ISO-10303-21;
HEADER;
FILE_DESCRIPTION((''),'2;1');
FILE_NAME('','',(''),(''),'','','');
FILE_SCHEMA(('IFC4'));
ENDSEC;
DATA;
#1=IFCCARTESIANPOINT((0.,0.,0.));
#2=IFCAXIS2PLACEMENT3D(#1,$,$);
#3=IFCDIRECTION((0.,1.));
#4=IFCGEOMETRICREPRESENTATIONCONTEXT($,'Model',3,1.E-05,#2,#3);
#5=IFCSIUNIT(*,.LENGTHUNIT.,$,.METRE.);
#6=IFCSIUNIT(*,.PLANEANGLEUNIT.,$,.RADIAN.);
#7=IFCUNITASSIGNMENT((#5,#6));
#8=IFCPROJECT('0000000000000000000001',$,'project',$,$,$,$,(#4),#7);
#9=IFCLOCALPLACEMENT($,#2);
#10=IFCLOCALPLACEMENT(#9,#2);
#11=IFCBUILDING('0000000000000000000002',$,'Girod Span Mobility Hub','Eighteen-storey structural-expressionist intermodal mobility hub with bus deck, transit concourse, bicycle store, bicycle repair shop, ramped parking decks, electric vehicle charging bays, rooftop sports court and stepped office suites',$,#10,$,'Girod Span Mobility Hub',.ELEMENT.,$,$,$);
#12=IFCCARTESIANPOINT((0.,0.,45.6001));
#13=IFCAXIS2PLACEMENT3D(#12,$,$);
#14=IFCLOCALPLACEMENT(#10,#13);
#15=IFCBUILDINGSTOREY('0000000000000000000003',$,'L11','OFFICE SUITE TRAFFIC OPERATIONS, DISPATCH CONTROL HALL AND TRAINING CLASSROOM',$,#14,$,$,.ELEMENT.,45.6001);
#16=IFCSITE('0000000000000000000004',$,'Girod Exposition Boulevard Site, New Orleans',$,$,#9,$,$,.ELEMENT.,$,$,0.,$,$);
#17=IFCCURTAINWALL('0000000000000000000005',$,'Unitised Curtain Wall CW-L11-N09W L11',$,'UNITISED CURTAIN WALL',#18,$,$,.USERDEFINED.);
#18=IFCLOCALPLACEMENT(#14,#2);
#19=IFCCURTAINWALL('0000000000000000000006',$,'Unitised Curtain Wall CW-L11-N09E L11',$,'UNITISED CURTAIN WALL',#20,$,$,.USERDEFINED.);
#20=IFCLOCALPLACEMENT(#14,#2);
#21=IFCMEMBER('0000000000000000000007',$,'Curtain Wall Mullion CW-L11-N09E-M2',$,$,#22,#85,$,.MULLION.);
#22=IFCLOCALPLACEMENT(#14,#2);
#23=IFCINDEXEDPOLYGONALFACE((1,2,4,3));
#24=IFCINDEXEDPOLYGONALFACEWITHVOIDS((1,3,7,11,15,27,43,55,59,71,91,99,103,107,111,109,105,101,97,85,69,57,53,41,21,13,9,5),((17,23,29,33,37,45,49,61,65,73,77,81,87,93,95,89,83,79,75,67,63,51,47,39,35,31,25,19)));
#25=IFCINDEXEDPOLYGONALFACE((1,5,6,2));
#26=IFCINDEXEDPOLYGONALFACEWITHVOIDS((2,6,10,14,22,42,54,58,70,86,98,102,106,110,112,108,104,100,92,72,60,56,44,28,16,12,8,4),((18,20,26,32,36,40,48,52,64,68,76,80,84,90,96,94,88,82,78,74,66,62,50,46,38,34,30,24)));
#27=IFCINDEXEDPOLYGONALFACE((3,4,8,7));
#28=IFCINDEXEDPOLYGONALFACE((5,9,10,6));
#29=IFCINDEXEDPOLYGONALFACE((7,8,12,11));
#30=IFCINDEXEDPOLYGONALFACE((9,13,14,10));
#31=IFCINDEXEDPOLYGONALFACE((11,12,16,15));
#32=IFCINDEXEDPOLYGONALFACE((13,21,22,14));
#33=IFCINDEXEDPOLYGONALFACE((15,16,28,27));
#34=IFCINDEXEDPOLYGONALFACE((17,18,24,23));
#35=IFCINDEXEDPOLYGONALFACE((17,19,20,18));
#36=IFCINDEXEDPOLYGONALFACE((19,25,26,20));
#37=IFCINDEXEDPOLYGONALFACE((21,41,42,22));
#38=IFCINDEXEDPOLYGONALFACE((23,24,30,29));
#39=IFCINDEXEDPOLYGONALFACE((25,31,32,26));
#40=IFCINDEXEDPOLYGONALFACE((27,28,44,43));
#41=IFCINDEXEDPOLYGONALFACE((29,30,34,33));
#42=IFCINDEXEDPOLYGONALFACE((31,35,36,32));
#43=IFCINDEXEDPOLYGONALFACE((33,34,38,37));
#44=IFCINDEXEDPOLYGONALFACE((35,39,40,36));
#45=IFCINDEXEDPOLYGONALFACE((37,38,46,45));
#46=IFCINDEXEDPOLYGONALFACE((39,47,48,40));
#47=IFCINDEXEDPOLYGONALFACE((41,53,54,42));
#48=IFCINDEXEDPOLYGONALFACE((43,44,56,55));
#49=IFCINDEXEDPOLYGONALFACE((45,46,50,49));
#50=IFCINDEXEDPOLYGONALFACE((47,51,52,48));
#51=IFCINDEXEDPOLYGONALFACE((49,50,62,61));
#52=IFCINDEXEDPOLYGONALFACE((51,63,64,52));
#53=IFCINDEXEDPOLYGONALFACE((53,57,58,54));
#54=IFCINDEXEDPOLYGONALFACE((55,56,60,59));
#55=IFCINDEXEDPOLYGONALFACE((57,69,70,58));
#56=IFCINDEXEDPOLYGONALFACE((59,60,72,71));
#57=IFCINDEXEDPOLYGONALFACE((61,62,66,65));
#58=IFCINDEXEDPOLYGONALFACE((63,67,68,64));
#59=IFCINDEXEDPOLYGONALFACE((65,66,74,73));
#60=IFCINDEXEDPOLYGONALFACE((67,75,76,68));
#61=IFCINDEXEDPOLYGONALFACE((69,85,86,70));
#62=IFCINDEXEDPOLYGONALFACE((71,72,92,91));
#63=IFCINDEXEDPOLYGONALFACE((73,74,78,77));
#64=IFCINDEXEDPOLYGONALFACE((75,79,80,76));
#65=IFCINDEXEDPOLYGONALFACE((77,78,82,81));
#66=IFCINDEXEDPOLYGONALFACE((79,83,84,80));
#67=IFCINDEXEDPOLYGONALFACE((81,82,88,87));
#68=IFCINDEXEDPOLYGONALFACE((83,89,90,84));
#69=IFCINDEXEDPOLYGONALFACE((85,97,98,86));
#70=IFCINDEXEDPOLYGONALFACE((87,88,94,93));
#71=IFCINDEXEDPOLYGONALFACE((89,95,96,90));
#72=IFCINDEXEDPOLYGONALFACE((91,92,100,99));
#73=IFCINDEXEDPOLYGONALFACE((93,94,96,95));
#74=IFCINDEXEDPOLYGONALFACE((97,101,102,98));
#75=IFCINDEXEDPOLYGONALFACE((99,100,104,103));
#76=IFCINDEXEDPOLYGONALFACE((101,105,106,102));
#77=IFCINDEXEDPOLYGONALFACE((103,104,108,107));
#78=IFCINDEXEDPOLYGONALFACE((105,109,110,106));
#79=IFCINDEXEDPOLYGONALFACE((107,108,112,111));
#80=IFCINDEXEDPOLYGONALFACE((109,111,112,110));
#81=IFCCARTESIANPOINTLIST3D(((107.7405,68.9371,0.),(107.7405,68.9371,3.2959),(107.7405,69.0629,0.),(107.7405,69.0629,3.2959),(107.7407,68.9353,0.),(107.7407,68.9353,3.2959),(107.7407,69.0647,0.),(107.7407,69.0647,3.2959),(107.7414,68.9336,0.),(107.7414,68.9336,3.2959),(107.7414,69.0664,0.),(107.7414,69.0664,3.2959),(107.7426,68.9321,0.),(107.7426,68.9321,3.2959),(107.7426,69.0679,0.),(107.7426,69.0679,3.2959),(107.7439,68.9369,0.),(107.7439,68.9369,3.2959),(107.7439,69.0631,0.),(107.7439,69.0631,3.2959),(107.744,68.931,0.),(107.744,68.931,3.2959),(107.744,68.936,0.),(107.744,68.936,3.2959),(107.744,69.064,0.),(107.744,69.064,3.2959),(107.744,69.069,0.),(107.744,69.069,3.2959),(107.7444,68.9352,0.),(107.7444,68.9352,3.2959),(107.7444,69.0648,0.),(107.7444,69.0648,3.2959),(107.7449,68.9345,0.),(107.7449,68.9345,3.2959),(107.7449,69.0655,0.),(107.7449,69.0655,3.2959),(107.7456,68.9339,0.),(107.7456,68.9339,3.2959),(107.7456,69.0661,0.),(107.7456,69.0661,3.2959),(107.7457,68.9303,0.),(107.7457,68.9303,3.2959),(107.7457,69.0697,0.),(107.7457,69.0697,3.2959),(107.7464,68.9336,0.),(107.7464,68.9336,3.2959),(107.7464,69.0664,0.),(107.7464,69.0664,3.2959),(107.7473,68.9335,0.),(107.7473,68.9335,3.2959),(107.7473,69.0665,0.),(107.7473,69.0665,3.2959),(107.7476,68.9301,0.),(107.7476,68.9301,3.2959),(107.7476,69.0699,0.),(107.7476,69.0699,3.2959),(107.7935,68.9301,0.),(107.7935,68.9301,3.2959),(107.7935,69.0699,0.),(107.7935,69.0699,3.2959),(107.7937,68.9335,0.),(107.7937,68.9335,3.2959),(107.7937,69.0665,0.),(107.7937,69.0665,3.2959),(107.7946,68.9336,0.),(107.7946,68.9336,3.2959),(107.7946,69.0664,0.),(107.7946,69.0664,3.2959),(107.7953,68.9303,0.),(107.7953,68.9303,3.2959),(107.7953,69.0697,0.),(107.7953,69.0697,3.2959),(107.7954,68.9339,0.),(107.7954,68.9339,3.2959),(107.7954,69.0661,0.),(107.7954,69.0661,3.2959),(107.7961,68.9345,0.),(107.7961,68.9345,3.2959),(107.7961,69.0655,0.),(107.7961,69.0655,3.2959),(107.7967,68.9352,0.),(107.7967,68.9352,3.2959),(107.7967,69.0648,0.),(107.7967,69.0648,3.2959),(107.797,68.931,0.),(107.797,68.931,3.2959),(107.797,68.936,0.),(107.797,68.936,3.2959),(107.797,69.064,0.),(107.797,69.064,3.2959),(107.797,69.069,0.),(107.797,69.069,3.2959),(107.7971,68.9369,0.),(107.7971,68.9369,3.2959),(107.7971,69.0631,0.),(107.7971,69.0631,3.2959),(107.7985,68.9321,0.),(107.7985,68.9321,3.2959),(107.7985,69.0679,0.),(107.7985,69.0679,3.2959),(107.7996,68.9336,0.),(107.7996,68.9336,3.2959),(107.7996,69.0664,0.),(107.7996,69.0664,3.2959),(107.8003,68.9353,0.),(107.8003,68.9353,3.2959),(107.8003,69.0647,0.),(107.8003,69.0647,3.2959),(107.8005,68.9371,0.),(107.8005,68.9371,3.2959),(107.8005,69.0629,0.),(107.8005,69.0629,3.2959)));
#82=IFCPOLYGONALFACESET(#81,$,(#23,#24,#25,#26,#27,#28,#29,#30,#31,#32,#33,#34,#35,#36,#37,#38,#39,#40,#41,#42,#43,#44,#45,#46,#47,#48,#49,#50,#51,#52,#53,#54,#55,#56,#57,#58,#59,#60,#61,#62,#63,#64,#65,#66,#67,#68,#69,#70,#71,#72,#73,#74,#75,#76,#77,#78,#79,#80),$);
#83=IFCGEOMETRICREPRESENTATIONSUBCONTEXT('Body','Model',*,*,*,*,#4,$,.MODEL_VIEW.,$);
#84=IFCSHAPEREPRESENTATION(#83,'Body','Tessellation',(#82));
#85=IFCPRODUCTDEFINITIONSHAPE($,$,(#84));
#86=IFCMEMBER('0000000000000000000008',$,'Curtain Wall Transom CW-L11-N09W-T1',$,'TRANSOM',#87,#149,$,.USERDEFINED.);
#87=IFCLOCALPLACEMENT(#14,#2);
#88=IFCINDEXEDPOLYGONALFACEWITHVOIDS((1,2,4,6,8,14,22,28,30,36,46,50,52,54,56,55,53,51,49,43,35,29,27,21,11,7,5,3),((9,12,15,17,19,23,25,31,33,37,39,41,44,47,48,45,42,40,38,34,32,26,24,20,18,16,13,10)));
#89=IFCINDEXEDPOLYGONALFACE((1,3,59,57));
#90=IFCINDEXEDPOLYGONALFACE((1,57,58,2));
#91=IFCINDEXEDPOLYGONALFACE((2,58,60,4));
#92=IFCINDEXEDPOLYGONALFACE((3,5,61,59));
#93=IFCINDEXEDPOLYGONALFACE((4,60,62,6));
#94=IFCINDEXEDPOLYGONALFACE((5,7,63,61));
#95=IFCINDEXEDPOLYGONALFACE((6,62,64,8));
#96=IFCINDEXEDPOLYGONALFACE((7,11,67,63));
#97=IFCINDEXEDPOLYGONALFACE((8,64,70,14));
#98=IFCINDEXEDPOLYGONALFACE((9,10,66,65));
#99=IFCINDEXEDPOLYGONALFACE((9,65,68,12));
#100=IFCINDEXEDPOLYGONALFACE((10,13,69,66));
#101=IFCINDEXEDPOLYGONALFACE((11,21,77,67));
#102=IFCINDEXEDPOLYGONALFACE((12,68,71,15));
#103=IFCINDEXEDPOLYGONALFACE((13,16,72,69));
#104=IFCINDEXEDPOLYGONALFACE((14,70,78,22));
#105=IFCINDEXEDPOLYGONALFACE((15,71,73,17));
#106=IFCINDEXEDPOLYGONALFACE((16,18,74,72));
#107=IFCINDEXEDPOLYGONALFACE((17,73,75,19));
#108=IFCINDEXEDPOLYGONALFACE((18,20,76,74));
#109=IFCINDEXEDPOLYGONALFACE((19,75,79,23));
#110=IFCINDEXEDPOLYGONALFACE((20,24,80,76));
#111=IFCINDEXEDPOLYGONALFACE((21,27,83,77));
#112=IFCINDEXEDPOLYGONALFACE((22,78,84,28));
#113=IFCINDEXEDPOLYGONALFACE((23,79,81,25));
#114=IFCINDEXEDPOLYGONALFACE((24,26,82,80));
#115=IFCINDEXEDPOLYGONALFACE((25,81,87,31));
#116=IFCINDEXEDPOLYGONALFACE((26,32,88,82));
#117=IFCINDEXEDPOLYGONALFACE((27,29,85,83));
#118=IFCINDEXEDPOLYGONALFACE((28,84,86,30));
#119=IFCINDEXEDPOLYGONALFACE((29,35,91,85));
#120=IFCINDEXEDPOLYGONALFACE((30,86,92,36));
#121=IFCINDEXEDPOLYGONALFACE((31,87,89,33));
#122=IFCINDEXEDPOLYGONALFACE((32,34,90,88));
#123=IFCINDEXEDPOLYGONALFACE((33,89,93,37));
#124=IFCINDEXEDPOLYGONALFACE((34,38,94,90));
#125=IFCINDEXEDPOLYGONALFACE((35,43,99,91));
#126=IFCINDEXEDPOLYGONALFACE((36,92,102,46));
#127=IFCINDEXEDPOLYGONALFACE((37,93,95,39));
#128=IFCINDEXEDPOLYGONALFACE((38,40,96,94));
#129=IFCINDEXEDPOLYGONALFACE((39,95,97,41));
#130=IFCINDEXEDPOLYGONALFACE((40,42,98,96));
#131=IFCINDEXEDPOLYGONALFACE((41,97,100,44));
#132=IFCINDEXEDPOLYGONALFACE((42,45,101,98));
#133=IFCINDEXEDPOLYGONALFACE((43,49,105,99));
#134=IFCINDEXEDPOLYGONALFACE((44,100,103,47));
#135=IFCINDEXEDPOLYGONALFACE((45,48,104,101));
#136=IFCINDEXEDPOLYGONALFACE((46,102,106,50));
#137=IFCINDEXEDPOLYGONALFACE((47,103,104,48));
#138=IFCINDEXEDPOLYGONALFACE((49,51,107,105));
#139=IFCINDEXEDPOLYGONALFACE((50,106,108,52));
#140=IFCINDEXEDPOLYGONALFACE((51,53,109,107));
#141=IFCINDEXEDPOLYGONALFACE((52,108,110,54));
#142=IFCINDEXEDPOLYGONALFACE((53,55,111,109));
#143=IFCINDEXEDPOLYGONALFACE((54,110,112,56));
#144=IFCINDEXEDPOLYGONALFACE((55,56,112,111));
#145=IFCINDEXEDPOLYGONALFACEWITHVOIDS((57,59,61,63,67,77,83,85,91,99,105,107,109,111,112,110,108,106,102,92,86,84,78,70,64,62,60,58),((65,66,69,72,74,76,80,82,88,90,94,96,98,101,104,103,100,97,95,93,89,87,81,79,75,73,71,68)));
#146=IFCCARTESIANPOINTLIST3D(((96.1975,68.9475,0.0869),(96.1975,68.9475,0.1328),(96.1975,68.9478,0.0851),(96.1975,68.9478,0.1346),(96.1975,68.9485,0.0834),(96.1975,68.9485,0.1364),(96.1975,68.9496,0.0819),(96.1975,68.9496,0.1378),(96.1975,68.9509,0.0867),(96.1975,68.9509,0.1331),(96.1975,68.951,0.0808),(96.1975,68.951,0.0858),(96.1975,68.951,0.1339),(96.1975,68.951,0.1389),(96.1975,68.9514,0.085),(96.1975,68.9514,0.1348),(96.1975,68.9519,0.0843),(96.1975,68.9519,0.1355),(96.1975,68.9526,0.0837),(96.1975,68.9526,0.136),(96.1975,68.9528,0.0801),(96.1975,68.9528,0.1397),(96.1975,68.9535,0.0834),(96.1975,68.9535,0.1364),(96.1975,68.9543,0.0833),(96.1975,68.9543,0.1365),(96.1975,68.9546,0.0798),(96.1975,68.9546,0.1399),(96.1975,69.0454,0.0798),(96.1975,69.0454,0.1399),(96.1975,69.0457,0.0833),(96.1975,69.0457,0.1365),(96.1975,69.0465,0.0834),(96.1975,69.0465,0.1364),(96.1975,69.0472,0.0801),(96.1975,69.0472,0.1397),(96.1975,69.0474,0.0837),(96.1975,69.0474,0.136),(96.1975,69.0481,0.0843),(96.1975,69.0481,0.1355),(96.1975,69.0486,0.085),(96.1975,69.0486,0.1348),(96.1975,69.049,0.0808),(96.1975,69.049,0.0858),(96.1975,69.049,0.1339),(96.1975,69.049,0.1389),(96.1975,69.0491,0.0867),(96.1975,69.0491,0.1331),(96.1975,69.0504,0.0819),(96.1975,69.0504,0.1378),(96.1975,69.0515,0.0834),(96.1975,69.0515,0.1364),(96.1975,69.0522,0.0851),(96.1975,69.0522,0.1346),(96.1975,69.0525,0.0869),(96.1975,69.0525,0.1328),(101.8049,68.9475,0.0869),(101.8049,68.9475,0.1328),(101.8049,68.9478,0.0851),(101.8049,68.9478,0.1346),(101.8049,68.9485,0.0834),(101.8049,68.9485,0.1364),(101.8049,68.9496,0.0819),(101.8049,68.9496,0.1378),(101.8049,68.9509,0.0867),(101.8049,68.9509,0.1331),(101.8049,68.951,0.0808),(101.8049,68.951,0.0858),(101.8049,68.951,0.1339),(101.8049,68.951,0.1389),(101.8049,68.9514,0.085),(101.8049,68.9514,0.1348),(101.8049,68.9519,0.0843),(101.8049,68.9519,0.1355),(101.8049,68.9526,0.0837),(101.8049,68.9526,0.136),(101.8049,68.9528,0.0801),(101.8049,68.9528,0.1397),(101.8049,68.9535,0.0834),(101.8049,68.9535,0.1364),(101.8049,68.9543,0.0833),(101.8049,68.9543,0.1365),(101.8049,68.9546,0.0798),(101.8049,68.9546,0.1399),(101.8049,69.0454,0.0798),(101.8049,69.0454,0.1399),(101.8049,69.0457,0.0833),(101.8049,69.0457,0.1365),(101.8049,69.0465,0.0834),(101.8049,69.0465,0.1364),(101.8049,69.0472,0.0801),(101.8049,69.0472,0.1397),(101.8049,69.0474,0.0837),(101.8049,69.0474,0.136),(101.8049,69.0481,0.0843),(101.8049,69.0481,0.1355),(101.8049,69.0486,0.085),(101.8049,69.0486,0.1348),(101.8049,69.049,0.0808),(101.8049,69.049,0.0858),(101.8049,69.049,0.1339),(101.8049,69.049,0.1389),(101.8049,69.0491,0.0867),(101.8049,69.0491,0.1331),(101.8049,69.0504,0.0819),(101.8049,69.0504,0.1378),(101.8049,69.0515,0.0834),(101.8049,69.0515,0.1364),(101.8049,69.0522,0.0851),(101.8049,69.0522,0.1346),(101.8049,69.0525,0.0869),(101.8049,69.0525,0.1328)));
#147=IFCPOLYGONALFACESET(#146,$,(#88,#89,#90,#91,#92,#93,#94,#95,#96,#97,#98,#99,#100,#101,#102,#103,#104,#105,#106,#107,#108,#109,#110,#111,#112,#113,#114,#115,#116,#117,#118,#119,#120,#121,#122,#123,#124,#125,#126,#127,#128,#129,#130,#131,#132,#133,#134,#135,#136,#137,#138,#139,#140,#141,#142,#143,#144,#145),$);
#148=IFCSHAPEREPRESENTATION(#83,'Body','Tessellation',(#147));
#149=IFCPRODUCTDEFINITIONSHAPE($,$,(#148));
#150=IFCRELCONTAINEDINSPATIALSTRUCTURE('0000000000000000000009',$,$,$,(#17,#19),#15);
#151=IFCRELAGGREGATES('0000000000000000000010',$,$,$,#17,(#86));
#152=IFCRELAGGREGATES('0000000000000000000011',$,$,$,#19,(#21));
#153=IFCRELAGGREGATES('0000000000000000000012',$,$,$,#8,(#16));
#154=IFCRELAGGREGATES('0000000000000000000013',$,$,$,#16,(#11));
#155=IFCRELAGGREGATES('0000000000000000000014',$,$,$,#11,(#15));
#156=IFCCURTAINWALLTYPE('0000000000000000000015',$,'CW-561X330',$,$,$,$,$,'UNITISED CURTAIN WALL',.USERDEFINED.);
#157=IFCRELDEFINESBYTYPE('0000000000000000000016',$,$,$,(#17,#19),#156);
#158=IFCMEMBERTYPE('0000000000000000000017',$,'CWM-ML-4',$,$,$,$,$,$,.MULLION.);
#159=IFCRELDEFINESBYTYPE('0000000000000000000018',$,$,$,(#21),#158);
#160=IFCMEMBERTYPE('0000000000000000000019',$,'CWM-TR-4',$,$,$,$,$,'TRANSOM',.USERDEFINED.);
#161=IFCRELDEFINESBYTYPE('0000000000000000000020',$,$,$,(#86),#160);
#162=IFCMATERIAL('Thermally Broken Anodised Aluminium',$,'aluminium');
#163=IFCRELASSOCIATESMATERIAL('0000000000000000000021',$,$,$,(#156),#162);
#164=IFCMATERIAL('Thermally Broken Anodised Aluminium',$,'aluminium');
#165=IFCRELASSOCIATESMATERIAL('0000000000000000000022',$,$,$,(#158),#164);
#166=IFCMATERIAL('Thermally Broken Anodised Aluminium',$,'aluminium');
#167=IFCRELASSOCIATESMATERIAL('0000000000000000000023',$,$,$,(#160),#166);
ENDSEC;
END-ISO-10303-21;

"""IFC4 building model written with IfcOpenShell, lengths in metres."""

from ifc_helpers import new_model, si_unit, direction, frame, origin, origin_2d, place, context, subcontext, project, spatial, hollow_rectangle, extrude, material, material_profile, profile_set, type_object, element, aggregate, save


model = new_model("IFC4")

# Units and contexts
model_context = context("Model", 3, precision=1e-05, world=origin(), true_north=direction((0.0, 1.0)))
body_context = subcontext(model_context, "Body", "Model", "MODEL_VIEW")
ifc_project = project(units=[si_unit("LENGTHUNIT", "METRE"), si_unit("PLANEANGLEUNIT", "RADIAN")], contexts=[model_context])

# Site, building, storey
site_placement = place(None, origin())
site = spatial("IfcSite", under=ifc_project, at=site_placement, Name="Girod Exposition Boulevard Site, New Orleans", CompositionType="ELEMENT", RefElevation=0.0)
building_placement = place(site_placement, origin())
building = spatial("IfcBuilding", under=site, at=building_placement, Name="Girod Span Mobility Hub", Description="Eighteen-storey structural-expressionist intermodal mobility hub with bus deck, transit concourse, bicycle store, bicycle repair shop, ramped parking decks, electric vehicle charging bays, rooftop sports court and stepped office suites", LongName="Girod Span Mobility Hub", CompositionType="ELEMENT")
storey_placement = place(building_placement, frame((0.0, 0.0, 45.6001)))
storey = spatial("IfcBuildingStorey", under=building, at=storey_placement, Name="L11", Description="OFFICE SUITE TRAFFIC OPERATIONS, DISPATCH CONTROL HALL AND TRAINING CLASSROOM", CompositionType="ELEMENT", Elevation=45.6001)

# Curtain walls, member
ifc_material_1 = material(Name="Thermally Broken Anodised Aluminium", Category="aluminium")
curtain_wall_type = type_object("IfcCurtainWallType", Name="CW-561X330", ElementType="UNITISED CURTAIN WALL", PredefinedType="USERDEFINED", material=ifc_material_1)
curtain_wall_1_placement = place(storey_placement, origin())
curtain_wall_1 = element("IfcCurtainWall", 1, at=curtain_wall_1_placement, inside=storey, type_object=curtain_wall_type, Name="Unitised Curtain Wall CW-L11-N09W L11", ObjectType="UNITISED CURTAIN WALL", PredefinedType="USERDEFINED")
ifc_material_2 = material(Name="Thermally Broken Anodised Aluminium", Category="aluminium")
ifc_material_profile_1 = material_profile(ifc_material_2, hollow_rectangle(XDim=0.1399, YDim=0.0601, WallThickness=0.0034, InnerFilletRadius=0.0034, OuterFilletRadius=0.0071, at=origin_2d()), Name="CW-ML-60X140")
ifc_profile_set_1 = profile_set([ifc_material_profile_1], Name="Thermally Broken Anodised Aluminium")
member_type_1 = type_object("IfcMemberType", Name="CWM-ML-4", PredefinedType="MULLION", material=ifc_profile_set_1)
curtain_wall_2_placement = place(storey_placement, origin())
curtain_wall_2 = element("IfcCurtainWall", 2, at=curtain_wall_2_placement, inside=storey, type_object=curtain_wall_type, Name="Unitised Curtain Wall CW-L11-N09E L11", ObjectType="UNITISED CURTAIN WALL", PredefinedType="USERDEFINED")
member_1_placement = place(storey_placement, frame((107.7705, 69.0, 0.0), z_axis=(0.0, 0.0, 1.0), x_axis=(0.0, 1.0, 0.0)))
member_1 = element("IfcMember", 3, at=member_1_placement, type_object=member_type_1, Name="Curtain Wall Mullion CW-L11-N09E-M2", PredefinedType="MULLION", context=body_context, shape_type="SweptSolid", body=[
    extrude(hollow_rectangle(XDim=0.1399, YDim=0.0601, WallThickness=0.0034, InnerFilletRadius=0.0034, OuterFilletRadius=0.0071, at=origin_2d()), origin(), (0.0, 0.0, 1.0), 3.2959),
])

# Member
ifc_material_3 = material(Name="Thermally Broken Anodised Aluminium", Category="aluminium")
ifc_material_profile_2 = material_profile(ifc_material_3, hollow_rectangle(XDim=0.105, YDim=0.0601, WallThickness=0.0034, InnerFilletRadius=0.0034, OuterFilletRadius=0.0071, at=origin_2d()), Name="CW-TR-60X105")
ifc_profile_set_2 = profile_set([ifc_material_profile_2], Name="Thermally Broken Anodised Aluminium")
member_type_2 = type_object("IfcMemberType", Name="CWM-TR-4", ElementType="TRANSOM", PredefinedType="USERDEFINED", material=ifc_profile_set_2)
member_2_placement = place(storey_placement, frame((96.1975, 69.0, 0.1099), z_axis=(1.0, 0.0, 0.0), x_axis=(0.0, 1.0, 0.0)))
member_2 = element("IfcMember", 4, at=member_2_placement, type_object=member_type_2, Name="Curtain Wall Transom CW-L11-N09W-T1", ObjectType="TRANSOM", PredefinedType="USERDEFINED", context=body_context, shape_type="SweptSolid", body=[
    extrude(hollow_rectangle(XDim=0.105, YDim=0.0601, WallThickness=0.0034, InnerFilletRadius=0.0034, OuterFilletRadius=0.0071, at=origin_2d()), origin(), (0.0, 0.0, 1.0), 5.6074),
])

aggregate(curtain_wall_1, [member_2])
aggregate(curtain_wall_2, [member_1])

save(model, "model.ifc")
